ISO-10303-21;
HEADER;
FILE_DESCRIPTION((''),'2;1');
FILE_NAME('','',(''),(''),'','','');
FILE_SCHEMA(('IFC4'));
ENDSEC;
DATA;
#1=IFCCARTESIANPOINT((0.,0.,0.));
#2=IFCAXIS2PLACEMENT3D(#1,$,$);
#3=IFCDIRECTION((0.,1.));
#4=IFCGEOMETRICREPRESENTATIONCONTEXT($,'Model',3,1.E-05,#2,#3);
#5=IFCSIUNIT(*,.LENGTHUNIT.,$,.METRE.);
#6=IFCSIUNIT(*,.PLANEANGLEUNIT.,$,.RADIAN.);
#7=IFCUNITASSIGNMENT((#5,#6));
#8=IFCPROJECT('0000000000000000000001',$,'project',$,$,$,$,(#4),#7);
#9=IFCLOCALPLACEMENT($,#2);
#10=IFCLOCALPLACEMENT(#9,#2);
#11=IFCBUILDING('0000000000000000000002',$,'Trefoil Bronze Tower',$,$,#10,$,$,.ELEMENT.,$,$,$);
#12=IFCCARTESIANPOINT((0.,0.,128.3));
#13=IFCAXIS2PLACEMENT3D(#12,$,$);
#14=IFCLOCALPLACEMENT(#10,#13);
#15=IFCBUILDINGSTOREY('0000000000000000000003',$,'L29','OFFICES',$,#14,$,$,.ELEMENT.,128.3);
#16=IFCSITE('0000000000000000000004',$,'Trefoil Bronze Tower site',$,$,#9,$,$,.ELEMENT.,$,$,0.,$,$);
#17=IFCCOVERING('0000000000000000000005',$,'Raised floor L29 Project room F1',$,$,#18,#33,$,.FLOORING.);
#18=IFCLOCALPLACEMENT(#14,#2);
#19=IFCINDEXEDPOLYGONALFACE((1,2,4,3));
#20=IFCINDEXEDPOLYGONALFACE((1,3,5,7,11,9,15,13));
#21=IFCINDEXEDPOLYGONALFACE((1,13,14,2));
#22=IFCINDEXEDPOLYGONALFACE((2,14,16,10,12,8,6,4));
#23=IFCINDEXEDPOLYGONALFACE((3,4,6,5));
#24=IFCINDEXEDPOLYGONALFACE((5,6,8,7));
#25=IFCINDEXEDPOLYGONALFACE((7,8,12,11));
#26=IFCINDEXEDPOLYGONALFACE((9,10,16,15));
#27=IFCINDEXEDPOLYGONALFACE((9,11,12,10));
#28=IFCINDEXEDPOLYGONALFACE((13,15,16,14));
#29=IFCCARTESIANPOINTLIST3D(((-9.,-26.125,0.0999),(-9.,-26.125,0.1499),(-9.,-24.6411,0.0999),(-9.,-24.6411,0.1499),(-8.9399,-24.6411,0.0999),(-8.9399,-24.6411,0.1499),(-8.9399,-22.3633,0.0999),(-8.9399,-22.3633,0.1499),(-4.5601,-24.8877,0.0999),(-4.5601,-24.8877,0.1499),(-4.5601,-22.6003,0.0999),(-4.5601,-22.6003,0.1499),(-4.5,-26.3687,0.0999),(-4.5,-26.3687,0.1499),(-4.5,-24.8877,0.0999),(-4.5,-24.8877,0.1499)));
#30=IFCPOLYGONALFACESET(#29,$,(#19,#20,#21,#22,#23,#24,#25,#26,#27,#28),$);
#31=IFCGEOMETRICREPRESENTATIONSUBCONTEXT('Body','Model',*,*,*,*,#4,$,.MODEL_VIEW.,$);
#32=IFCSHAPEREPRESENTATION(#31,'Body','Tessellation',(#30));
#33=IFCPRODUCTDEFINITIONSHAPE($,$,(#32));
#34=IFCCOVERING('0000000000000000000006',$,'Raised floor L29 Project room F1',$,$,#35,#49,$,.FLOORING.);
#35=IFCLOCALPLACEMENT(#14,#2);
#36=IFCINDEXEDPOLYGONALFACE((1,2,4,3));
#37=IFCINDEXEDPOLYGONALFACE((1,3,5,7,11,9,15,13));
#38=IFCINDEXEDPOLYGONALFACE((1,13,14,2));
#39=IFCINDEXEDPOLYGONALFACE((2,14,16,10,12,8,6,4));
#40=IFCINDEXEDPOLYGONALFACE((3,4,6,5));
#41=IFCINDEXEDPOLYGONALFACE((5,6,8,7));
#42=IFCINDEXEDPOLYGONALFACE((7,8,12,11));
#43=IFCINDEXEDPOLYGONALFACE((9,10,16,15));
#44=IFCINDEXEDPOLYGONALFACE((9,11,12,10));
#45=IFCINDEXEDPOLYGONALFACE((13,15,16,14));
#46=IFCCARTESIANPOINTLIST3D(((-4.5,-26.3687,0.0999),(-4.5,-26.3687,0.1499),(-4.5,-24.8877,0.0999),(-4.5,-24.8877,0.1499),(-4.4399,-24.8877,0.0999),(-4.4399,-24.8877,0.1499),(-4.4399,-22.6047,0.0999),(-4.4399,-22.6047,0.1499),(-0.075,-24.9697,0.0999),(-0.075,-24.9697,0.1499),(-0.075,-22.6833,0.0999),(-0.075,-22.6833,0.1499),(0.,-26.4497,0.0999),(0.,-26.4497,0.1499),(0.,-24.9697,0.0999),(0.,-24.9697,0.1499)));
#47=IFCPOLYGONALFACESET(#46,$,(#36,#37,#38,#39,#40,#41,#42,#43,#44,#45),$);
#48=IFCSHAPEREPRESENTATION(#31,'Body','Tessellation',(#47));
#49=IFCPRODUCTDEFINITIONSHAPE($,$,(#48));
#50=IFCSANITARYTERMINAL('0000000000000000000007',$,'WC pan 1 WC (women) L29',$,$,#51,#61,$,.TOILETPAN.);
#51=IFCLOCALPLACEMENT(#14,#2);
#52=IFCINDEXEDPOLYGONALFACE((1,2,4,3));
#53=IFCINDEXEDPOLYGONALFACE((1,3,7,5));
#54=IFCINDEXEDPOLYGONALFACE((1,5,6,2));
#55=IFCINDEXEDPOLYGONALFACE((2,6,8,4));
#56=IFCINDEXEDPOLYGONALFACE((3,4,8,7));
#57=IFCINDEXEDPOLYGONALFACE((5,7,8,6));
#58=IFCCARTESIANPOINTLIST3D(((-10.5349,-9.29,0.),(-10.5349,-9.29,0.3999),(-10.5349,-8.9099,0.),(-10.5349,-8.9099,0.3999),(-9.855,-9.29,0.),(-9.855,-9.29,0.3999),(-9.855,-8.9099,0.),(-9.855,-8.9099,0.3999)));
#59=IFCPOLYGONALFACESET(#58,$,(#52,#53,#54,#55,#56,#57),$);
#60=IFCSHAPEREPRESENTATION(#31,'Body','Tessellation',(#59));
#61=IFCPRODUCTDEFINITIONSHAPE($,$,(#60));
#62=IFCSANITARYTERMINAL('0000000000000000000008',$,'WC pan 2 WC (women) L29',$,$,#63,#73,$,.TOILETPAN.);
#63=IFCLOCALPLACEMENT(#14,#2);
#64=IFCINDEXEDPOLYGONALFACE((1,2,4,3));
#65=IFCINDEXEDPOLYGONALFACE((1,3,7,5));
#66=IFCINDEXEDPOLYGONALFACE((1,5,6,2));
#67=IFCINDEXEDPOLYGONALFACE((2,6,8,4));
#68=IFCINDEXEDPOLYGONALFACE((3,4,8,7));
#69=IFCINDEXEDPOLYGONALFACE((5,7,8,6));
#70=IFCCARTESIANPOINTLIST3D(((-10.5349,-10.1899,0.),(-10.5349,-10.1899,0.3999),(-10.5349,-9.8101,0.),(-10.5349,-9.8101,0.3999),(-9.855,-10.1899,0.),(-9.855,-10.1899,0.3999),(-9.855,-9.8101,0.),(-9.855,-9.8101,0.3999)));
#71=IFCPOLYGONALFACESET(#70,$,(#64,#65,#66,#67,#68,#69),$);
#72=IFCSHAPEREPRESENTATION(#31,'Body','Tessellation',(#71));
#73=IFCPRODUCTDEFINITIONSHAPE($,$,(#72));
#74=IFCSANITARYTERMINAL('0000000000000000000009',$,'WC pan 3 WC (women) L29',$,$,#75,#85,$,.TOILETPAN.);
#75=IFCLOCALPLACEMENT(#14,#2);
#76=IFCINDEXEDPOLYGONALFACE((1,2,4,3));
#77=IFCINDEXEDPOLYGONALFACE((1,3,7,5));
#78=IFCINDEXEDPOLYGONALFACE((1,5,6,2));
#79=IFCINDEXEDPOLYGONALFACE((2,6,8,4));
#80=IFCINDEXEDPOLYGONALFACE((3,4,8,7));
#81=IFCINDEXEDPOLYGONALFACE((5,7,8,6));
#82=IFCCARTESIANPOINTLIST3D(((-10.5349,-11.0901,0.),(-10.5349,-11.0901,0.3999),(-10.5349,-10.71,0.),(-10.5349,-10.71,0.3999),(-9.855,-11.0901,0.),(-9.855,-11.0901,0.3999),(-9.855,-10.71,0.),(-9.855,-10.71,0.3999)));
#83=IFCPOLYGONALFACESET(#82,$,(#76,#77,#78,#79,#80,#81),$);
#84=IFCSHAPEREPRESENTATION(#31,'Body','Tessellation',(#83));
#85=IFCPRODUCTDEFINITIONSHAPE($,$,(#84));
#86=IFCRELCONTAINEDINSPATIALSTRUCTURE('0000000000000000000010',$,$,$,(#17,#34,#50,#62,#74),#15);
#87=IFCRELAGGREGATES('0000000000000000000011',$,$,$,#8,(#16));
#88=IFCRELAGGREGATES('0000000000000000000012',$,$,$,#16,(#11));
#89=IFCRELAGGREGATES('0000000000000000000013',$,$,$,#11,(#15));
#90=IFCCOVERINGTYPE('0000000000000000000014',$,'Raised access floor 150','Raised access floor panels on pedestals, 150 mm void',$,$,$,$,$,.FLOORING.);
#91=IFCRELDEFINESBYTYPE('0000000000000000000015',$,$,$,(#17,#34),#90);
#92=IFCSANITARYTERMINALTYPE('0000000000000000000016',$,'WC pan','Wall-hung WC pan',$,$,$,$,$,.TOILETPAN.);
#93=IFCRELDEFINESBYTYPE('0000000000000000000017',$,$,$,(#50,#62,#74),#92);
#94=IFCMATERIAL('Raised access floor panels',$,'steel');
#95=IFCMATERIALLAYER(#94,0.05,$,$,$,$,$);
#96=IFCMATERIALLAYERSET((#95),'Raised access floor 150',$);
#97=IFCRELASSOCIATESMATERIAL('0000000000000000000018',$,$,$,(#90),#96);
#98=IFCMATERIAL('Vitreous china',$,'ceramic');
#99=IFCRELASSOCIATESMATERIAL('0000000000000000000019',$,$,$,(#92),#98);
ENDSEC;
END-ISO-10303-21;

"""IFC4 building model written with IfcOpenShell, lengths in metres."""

from ifc_helpers import new_model, si_unit, direction, frame, origin, place, context, subcontext, project, spatial, polyline, outline, extrude, material, layer, layer_set, type_object, element, save


model = new_model("IFC4")

# Units and contexts
model_context = context("Model", 3, precision=1e-05, world=origin(), true_north=direction((0.0, 1.0)))
body_context = subcontext(model_context, "Body", "Model", "MODEL_VIEW")
ifc_project = project(units=[si_unit("LENGTHUNIT", "METRE"), si_unit("PLANEANGLEUNIT", "RADIAN")], contexts=[model_context])

# Site, building, storey
site_placement = place(None, origin())
site = spatial("IfcSite", under=ifc_project, at=site_placement, Name="Trefoil Bronze Tower site", CompositionType="ELEMENT", RefElevation=0.0)
building_placement = place(site_placement, origin())
building = spatial("IfcBuilding", under=site, at=building_placement, Name="Trefoil Bronze Tower", CompositionType="ELEMENT")
storey_placement = place(building_placement, frame((0.0, 0.0, 128.3)))
storey = spatial("IfcBuildingStorey", under=building, at=storey_placement, Name="L29", Description="OFFICES", CompositionType="ELEMENT", Elevation=128.3)

# Coverings
ifc_material_1 = material(Name="Raised access floor panels", Category="steel")
ifc_layer_1 = layer(ifc_material_1, 0.05)
ifc_layer_set_1 = layer_set([ifc_layer_1], Name="Raised access floor 150")
covering_type_1 = type_object("IfcCoveringType", Name="Raised access floor 150", Description="Raised access floor panels on pedestals, 150 mm void", PredefinedType="FLOORING", material=ifc_layer_set_1)
covering_1_placement = place(storey_placement, frame((0.0, 0.0, 0.0999)))
element("IfcCovering", 1, at=covering_1_placement, inside=storey, type_object=covering_type_1, Name="Raised floor L29 Project room F1", PredefinedType="FLOORING", context=body_context, shape_type="SweptSolid", body=[
    extrude(outline(polyline([(-4.5, -26.3687), (-9.0, -26.125), (-9.0, -24.6411), (-8.9399, -24.6411), (-8.9399, -22.3633), (-4.5601, -22.6003), (-4.5601, -24.8877), (-4.5, -24.8877), (-4.5, -26.3687)])), origin(), (0.0, 0.0, 1.0), 0.05),
])
covering_2_placement = place(storey_placement, frame((0.0, 0.0, 0.0999)))
element("IfcCovering", 2, at=covering_2_placement, inside=storey, type_object=covering_type_1, Name="Raised floor L29 Project room F1", PredefinedType="FLOORING", context=body_context, shape_type="SweptSolid", body=[
    extrude(outline(polyline([(0.0, -26.4497), (-4.5, -26.3687), (-4.5, -24.8877), (-4.4399, -24.8877), (-4.4399, -22.6047), (-0.075, -22.6833), (-0.075, -24.9697), (0.0, -24.9697), (0.0, -26.4497)])), origin(), (0.0, 0.0, 1.0), 0.05),
])

# Sanitary terminals
ifc_material_2 = material(Name="Vitreous china", Category="ceramic")
sanitary_terminal_type = type_object("IfcSanitaryTerminalType", Name="WC pan", Description="Wall-hung WC pan", PredefinedType="TOILETPAN", material=ifc_material_2)
sanitary_terminal_1_placement = place(storey_placement, origin())
element("IfcSanitaryTerminal", 3, at=sanitary_terminal_1_placement, inside=storey, type_object=sanitary_terminal_type, Name="WC pan 1 WC (women) L29", PredefinedType="TOILETPAN", context=body_context, shape_type="SweptSolid", body=[
    extrude(outline(polyline([(-9.855, -8.9099), (-10.5349, -8.9099), (-10.5349, -9.29), (-9.855, -9.29), (-9.855, -8.9099)])), origin(), (0.0, 0.0, 1.0), 0.3999),
])
sanitary_terminal_2_placement = place(storey_placement, origin())
element("IfcSanitaryTerminal", 4, at=sanitary_terminal_2_placement, inside=storey, type_object=sanitary_terminal_type, Name="WC pan 2 WC (women) L29", PredefinedType="TOILETPAN", context=body_context, shape_type="SweptSolid", body=[
    extrude(outline(polyline([(-9.855, -9.8101), (-10.5349, -9.8101), (-10.5349, -10.1899), (-9.855, -10.1899), (-9.855, -9.8101)])), origin(), (0.0, 0.0, 1.0), 0.3999),
])
sanitary_terminal_3_placement = place(storey_placement, origin())
element("IfcSanitaryTerminal", 5, at=sanitary_terminal_3_placement, inside=storey, type_object=sanitary_terminal_type, Name="WC pan 3 WC (women) L29", PredefinedType="TOILETPAN", context=body_context, shape_type="SweptSolid", body=[
    extrude(outline(polyline([(-9.855, -10.71), (-10.5349, -10.71), (-10.5349, -11.0901), (-9.855, -11.0901), (-9.855, -10.71)])), origin(), (0.0, 0.0, 1.0), 0.3999),
])

save(model, "model.ifc")
